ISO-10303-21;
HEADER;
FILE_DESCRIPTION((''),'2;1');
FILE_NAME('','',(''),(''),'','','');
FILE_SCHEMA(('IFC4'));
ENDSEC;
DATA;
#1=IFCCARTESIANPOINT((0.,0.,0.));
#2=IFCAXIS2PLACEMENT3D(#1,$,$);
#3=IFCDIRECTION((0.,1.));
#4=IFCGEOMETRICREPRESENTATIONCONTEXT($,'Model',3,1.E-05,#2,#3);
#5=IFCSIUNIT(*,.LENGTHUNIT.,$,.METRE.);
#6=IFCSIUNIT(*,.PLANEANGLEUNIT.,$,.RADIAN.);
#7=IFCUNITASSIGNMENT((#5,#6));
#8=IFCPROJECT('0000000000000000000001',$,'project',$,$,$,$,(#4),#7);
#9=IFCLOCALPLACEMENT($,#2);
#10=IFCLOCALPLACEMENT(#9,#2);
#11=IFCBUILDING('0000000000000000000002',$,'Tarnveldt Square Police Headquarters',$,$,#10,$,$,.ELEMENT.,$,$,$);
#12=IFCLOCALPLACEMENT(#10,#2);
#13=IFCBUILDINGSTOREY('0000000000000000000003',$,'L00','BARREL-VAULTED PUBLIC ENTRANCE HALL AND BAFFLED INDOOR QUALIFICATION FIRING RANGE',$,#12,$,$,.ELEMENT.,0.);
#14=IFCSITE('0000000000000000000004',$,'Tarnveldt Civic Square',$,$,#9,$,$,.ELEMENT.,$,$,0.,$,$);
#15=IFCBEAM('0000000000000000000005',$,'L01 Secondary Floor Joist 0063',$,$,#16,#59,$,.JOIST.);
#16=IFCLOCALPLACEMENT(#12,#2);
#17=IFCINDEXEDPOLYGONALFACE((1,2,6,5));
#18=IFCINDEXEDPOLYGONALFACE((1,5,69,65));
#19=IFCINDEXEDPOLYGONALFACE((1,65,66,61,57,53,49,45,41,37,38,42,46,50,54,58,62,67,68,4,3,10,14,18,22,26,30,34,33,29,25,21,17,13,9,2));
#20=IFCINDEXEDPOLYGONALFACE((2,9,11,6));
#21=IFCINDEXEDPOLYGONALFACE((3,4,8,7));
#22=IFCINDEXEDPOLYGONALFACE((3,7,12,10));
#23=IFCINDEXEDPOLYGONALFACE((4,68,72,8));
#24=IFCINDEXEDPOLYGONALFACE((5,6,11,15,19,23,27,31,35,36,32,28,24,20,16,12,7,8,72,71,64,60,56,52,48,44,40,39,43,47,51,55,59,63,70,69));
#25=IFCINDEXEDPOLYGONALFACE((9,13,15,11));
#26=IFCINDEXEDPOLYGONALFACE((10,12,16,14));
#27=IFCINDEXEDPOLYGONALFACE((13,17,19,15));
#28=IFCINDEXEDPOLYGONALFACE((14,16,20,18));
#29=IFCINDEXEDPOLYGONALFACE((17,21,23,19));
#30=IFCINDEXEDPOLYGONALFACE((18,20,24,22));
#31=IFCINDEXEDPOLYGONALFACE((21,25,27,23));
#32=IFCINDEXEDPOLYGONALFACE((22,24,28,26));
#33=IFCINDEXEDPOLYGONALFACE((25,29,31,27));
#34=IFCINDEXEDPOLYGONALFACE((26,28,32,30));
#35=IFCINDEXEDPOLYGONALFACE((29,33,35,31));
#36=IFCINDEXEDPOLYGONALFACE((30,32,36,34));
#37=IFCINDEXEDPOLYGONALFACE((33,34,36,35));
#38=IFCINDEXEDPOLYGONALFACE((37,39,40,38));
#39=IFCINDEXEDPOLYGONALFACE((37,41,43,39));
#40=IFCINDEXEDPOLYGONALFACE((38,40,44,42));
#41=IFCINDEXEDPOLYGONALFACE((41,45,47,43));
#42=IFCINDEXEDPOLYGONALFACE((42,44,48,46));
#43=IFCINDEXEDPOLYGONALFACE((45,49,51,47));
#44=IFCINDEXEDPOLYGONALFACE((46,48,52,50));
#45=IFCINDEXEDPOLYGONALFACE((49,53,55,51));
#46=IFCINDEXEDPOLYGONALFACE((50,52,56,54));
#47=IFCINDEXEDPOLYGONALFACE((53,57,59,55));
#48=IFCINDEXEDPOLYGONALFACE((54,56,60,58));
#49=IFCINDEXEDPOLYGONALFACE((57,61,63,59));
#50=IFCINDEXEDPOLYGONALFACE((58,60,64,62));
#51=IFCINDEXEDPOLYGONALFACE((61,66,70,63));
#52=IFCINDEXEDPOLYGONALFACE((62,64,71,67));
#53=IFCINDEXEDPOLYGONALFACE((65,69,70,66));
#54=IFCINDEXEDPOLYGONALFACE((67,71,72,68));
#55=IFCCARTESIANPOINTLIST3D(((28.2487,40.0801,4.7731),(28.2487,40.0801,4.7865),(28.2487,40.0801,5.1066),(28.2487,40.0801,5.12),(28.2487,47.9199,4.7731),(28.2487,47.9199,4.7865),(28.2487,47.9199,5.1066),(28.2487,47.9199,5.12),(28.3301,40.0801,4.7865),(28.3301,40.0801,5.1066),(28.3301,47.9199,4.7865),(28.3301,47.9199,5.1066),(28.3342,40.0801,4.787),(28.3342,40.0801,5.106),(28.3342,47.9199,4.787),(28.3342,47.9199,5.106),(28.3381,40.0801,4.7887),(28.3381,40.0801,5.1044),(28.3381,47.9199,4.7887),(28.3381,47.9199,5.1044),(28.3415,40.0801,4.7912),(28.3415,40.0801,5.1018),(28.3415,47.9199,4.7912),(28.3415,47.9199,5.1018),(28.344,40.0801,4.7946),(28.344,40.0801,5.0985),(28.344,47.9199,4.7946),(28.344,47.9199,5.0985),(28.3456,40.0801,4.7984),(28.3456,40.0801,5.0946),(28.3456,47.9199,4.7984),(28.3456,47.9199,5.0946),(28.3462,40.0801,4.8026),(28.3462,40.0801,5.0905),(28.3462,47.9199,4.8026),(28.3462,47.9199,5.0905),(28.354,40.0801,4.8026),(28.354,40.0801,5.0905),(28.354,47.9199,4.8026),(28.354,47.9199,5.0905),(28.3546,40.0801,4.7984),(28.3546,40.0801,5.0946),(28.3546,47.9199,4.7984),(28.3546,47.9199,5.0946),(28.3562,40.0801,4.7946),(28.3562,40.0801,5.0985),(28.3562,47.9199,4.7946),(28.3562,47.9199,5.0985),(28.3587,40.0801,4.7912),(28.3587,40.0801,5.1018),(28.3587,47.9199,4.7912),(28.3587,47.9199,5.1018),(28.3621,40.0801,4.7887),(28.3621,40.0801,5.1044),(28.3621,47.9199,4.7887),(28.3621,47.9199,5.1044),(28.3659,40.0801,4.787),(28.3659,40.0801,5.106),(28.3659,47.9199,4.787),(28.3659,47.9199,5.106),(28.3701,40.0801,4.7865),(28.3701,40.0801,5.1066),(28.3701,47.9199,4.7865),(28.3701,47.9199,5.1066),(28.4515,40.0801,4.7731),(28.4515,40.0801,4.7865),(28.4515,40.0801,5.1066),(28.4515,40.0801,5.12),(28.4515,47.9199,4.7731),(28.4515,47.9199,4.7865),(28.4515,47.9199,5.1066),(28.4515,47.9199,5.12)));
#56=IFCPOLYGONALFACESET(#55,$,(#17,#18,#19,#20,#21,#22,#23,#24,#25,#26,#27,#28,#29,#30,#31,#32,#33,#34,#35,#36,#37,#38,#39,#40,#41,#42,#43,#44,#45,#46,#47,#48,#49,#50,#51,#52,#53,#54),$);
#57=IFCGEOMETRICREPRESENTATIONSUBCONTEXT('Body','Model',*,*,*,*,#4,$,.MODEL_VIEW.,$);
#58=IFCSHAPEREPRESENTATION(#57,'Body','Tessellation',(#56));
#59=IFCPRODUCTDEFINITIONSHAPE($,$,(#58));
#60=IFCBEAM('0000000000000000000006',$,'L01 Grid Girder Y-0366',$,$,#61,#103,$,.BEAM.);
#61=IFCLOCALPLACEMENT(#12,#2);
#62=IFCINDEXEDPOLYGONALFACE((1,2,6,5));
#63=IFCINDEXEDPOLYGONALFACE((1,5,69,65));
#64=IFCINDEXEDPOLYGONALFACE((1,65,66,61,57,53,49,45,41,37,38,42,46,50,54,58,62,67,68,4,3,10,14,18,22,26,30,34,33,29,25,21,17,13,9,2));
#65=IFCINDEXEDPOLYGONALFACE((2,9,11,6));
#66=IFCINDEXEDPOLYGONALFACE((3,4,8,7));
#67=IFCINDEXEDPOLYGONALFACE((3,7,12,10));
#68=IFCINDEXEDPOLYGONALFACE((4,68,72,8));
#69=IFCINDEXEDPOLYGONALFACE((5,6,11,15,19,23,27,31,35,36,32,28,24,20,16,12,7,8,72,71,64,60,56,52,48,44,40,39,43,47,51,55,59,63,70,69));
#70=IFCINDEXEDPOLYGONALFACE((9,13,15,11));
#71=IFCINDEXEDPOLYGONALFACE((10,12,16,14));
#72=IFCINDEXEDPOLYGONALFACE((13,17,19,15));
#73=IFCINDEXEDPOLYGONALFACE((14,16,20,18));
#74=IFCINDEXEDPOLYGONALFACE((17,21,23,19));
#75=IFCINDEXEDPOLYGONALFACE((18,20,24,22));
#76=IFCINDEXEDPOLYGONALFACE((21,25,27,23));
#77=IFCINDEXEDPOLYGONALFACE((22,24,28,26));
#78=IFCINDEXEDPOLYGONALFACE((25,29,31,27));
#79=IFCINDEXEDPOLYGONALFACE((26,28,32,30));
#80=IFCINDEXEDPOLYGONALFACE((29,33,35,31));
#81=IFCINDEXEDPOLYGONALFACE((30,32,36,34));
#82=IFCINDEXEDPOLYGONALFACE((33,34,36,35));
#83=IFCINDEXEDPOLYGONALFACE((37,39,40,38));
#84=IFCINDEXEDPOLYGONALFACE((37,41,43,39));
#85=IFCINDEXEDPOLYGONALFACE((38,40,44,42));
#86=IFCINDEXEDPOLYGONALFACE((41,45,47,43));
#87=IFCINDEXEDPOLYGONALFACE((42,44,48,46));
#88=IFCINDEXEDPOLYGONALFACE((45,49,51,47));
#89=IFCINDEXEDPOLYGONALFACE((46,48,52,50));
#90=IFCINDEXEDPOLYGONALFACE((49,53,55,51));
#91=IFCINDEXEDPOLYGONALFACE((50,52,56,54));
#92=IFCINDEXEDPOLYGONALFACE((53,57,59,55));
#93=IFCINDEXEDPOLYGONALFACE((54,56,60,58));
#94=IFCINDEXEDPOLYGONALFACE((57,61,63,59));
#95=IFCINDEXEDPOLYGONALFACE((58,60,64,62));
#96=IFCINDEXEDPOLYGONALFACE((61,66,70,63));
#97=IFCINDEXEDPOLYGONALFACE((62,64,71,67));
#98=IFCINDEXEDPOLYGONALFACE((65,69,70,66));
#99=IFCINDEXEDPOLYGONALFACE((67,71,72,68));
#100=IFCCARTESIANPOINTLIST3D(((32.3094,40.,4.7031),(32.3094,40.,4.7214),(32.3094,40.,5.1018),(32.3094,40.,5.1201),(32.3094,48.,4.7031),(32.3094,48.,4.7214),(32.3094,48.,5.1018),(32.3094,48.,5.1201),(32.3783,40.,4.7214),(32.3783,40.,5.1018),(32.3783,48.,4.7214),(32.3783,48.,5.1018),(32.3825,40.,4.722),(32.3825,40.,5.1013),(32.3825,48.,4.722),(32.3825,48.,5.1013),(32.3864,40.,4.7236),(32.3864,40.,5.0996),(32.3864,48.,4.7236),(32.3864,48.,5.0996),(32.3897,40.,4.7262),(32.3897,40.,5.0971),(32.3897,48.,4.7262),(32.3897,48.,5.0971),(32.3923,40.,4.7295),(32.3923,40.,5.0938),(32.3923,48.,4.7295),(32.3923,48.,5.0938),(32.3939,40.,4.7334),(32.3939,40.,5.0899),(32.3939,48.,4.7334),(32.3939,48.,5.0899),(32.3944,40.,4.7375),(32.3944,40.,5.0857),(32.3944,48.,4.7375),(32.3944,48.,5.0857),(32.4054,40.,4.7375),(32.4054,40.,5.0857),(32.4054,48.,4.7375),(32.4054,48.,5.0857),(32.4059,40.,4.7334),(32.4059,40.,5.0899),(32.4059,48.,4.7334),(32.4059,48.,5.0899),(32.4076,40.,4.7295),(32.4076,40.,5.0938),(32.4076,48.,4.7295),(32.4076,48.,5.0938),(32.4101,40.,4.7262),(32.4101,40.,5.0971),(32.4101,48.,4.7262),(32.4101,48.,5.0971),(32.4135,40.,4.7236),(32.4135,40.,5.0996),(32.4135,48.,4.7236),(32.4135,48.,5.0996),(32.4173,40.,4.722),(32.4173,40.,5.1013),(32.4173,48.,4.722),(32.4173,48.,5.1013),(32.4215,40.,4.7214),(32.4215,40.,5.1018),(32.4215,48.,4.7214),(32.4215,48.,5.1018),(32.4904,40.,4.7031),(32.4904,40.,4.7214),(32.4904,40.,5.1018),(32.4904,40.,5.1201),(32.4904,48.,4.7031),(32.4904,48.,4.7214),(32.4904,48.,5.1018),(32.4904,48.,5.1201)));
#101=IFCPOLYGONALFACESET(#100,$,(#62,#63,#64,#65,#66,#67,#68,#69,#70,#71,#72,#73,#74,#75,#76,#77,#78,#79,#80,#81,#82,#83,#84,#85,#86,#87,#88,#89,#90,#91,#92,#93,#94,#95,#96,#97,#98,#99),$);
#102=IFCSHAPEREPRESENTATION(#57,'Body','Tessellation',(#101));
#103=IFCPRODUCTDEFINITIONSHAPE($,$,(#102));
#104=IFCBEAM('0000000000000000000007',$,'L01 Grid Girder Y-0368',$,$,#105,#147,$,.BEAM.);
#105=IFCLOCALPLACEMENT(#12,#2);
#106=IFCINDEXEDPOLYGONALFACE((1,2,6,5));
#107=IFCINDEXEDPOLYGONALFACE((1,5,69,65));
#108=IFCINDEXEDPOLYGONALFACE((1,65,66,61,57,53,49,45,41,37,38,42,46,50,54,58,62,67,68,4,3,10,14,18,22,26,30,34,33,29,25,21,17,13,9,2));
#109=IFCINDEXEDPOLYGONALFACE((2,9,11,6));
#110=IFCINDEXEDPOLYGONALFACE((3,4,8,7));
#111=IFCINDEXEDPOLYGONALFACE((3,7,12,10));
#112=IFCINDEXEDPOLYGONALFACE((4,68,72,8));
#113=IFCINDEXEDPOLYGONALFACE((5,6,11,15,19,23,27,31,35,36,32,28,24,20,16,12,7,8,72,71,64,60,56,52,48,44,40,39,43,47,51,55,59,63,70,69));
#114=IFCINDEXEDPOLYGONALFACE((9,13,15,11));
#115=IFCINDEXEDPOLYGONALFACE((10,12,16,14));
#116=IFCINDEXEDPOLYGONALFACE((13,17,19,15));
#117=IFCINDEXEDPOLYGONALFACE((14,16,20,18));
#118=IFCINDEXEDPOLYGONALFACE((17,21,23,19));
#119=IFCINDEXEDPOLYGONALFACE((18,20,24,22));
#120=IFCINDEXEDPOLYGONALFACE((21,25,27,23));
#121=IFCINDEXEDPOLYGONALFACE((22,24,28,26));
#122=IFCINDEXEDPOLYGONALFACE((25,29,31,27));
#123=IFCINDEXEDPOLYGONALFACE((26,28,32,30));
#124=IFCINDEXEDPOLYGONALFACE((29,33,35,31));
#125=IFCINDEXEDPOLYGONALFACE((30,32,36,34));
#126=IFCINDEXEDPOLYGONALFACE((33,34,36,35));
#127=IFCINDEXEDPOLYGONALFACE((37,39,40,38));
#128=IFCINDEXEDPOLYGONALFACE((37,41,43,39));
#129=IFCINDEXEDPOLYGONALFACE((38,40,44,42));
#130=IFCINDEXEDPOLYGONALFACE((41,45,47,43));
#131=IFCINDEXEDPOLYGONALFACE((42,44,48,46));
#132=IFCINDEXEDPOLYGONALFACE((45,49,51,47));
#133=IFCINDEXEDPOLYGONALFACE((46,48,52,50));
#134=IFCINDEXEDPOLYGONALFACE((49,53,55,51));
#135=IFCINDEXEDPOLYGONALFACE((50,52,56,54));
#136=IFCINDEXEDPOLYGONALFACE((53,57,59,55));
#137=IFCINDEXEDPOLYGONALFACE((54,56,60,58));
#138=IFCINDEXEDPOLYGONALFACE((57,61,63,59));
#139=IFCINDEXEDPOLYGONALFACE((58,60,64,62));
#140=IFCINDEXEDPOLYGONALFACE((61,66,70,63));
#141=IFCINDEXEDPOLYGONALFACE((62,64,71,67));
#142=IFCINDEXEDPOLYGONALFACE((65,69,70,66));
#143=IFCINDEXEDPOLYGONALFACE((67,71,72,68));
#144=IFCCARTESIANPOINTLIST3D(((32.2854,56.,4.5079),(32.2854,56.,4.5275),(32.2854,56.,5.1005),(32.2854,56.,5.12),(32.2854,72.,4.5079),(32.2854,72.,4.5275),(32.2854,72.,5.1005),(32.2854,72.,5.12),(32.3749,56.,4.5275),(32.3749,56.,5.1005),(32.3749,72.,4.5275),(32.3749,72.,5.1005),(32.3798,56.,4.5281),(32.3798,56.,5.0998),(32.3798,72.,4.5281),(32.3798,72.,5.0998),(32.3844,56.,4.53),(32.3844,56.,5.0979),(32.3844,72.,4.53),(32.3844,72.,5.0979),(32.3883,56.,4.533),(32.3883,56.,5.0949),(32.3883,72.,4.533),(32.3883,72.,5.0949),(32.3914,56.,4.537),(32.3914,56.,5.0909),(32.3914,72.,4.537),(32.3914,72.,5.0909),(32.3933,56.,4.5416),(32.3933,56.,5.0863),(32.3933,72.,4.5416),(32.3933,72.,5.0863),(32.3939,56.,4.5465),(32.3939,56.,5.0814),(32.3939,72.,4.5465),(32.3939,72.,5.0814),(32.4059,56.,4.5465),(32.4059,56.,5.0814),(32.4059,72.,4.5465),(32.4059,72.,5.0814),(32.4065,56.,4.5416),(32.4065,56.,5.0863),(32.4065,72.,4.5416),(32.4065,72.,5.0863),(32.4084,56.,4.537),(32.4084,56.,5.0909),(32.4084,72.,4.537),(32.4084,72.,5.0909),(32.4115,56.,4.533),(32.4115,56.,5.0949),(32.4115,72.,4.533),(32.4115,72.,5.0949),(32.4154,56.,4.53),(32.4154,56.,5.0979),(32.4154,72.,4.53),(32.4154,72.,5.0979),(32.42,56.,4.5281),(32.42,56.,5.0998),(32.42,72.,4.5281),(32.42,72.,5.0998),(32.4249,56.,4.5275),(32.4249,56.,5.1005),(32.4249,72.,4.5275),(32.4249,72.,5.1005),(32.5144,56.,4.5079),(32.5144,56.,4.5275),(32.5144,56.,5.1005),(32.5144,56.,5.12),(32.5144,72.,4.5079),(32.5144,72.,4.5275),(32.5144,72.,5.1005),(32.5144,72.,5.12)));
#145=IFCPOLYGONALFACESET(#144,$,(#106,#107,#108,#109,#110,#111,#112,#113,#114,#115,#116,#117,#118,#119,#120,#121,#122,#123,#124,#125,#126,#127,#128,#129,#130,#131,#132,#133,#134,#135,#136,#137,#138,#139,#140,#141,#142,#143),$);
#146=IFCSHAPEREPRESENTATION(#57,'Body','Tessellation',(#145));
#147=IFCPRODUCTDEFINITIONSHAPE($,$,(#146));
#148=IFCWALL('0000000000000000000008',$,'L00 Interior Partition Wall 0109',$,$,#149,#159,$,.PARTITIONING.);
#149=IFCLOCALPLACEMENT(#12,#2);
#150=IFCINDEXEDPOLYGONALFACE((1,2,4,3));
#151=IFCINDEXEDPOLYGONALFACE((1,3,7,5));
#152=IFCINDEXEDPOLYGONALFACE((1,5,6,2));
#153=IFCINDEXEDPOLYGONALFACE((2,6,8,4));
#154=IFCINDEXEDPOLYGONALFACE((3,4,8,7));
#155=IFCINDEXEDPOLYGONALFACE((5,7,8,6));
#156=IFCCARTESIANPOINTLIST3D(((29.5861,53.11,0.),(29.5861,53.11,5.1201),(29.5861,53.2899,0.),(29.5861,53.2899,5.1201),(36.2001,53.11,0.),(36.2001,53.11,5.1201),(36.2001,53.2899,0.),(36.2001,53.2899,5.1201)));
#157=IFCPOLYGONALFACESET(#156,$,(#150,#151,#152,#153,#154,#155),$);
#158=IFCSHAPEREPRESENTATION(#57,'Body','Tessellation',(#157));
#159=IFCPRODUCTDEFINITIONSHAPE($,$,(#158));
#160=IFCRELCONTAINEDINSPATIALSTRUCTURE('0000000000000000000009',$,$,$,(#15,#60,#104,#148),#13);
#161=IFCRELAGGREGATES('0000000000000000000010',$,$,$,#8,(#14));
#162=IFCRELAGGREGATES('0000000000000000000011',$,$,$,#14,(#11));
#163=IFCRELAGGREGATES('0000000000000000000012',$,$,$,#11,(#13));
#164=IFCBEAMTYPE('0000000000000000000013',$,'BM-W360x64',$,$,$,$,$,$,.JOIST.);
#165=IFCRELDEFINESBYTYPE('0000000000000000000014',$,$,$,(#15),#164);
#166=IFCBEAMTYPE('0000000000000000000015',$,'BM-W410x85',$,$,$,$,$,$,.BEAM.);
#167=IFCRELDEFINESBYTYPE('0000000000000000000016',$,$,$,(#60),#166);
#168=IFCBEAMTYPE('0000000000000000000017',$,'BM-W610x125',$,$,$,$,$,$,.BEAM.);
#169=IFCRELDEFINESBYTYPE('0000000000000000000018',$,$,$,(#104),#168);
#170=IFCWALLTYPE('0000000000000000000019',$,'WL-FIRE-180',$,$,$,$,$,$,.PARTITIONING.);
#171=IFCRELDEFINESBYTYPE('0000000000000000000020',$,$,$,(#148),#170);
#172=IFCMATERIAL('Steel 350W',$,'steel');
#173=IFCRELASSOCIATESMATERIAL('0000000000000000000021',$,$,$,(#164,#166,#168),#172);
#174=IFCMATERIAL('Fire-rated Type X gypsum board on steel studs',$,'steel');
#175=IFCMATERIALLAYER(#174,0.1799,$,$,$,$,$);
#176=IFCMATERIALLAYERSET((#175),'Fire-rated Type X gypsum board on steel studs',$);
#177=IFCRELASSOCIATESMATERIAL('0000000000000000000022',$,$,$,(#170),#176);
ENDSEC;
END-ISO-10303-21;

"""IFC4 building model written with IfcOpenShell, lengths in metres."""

from ifc_helpers import new_model, si_unit, direction, frame, frame_2d, origin, origin_2d, place, context, subcontext, project, spatial, rectangle, i_section, extrude, material, layer, layer_set, material_profile, profile_set, type_object, element, save


model = new_model("IFC4")

# Units and contexts
model_context = context("Model", 3, precision=1e-05, world=origin(), true_north=direction((0.0, 1.0)))
body_context = subcontext(model_context, "Body", "Model", "MODEL_VIEW")
ifc_project = project(units=[si_unit("LENGTHUNIT", "METRE"), si_unit("PLANEANGLEUNIT", "RADIAN")], contexts=[model_context])

# Site, building, storey
site_placement = place(None, origin())
site = spatial("IfcSite", under=ifc_project, at=site_placement, Name="Tarnveldt Civic Square", CompositionType="ELEMENT", RefElevation=0.0)
building_placement = place(site_placement, origin())
building = spatial("IfcBuilding", under=site, at=building_placement, Name="Tarnveldt Square Police Headquarters", CompositionType="ELEMENT")
storey_placement = place(building_placement, origin())
storey = spatial("IfcBuildingStorey", under=building, at=storey_placement, Name="L00", Description="BARREL-VAULTED PUBLIC ENTRANCE HALL AND BAFFLED INDOOR QUALIFICATION FIRING RANGE", CompositionType="ELEMENT", Elevation=0.0)

# Beams
ifc_material_1 = material(Name="Steel 350W", Category="steel")
ifc_material_profile_1 = material_profile(ifc_material_1, i_section(OverallWidth=0.2029, OverallDepth=0.3469, WebThickness=0.0078, FlangeThickness=0.0134, FilletRadius=0.0161, at=origin_2d()), Name="W360x64")
ifc_profile_set_1 = profile_set([ifc_material_profile_1], Name="Steel 350W")
beam_type_1 = type_object("IfcBeamType", Name="BM-W360x64", PredefinedType="JOIST", material=ifc_profile_set_1)
beam_1_placement = place(storey_placement, frame((28.3501, 40.0801, 4.9465), z_axis=(0.0, 1.0, 0.0), x_axis=(-1.0, 0.0, 0.0)))
element("IfcBeam", 1, at=beam_1_placement, inside=storey, type_object=beam_type_1, Name="L01 Secondary Floor Joist 0063", PredefinedType="JOIST", context=body_context, shape_type="SweptSolid", body=[
    extrude(i_section(OverallWidth=0.2029, OverallDepth=0.3469, WebThickness=0.0078, FlangeThickness=0.0134, FilletRadius=0.0161, at=origin_2d()), origin(), (0.0, 0.0, 1.0), 7.8398),
])
ifc_material_profile_2 = material_profile(ifc_material_1, i_section(OverallWidth=0.1809, OverallDepth=0.417, WebThickness=0.011, FlangeThickness=0.0183, FilletRadius=0.0161, at=origin_2d()), Name="W410x85")
ifc_profile_set_2 = profile_set([ifc_material_profile_2], Name="Steel 350W")
beam_type_2 = type_object("IfcBeamType", Name="BM-W410x85", PredefinedType="BEAM", material=ifc_profile_set_2)
beam_2_placement = place(storey_placement, frame((32.3999, 40.0, 4.9116), z_axis=(0.0, 1.0, 0.0), x_axis=(-1.0, 0.0, 0.0)))
element("IfcBeam", 2, at=beam_2_placement, inside=storey, type_object=beam_type_2, Name="L01 Grid Girder Y-0366", PredefinedType="BEAM", context=body_context, shape_type="SweptSolid", body=[
    extrude(i_section(OverallWidth=0.1809, OverallDepth=0.417, WebThickness=0.011, FlangeThickness=0.0183, FilletRadius=0.0161, at=origin_2d()), origin(), (0.0, 0.0, 1.0), 8.0),
])
ifc_material_profile_3 = material_profile(ifc_material_1, i_section(OverallWidth=0.229, OverallDepth=0.6121, WebThickness=0.012, FlangeThickness=0.0195, FilletRadius=0.019, at=origin_2d()), Name="W610x125")
ifc_profile_set_3 = profile_set([ifc_material_profile_3], Name="Steel 350W")
beam_type_3 = type_object("IfcBeamType", Name="BM-W610x125", PredefinedType="BEAM", material=ifc_profile_set_3)
beam_3_placement = place(storey_placement, frame((32.3999, 56.0, 4.814), z_axis=(0.0, 1.0, 0.0), x_axis=(-1.0, 0.0, 0.0)))
element("IfcBeam", 3, at=beam_3_placement, inside=storey, type_object=beam_type_3, Name="L01 Grid Girder Y-0368", PredefinedType="BEAM", context=body_context, shape_type="SweptSolid", body=[
    extrude(i_section(OverallWidth=0.229, OverallDepth=0.6121, WebThickness=0.012, FlangeThickness=0.0195, FilletRadius=0.019, at=origin_2d()), origin(), (0.0, 0.0, 1.0), 16.0),
])

# Wall
ifc_material_2 = material(Name="Fire-rated Type X gypsum board on steel studs", Category="steel")
ifc_layer = layer(ifc_material_2, 0.1799)
ifc_layer_set = layer_set([ifc_layer], Name="Fire-rated Type X gypsum board on steel studs")
wall_type = type_object("IfcWallType", Name="WL-FIRE-180", PredefinedType="PARTITIONING", material=ifc_layer_set)
wall_1_placement = place(storey_placement, frame((29.5859, 53.2, 0.0), z_axis=(0.0, 0.0, 1.0), x_axis=(1.0, 0.0, 0.0)))
element("IfcWall", 4, at=wall_1_placement, inside=storey, type_object=wall_type, Name="L00 Interior Partition Wall 0109", PredefinedType="PARTITIONING", context=body_context, shape_type="SweptSolid", body=[
    extrude(rectangle(XDim=6.614, YDim=0.1799, at=frame_2d((3.3071, 0.0))), origin(), (0.0, 0.0, 1.0), 5.1201),
])

save(model, "model.ifc")
